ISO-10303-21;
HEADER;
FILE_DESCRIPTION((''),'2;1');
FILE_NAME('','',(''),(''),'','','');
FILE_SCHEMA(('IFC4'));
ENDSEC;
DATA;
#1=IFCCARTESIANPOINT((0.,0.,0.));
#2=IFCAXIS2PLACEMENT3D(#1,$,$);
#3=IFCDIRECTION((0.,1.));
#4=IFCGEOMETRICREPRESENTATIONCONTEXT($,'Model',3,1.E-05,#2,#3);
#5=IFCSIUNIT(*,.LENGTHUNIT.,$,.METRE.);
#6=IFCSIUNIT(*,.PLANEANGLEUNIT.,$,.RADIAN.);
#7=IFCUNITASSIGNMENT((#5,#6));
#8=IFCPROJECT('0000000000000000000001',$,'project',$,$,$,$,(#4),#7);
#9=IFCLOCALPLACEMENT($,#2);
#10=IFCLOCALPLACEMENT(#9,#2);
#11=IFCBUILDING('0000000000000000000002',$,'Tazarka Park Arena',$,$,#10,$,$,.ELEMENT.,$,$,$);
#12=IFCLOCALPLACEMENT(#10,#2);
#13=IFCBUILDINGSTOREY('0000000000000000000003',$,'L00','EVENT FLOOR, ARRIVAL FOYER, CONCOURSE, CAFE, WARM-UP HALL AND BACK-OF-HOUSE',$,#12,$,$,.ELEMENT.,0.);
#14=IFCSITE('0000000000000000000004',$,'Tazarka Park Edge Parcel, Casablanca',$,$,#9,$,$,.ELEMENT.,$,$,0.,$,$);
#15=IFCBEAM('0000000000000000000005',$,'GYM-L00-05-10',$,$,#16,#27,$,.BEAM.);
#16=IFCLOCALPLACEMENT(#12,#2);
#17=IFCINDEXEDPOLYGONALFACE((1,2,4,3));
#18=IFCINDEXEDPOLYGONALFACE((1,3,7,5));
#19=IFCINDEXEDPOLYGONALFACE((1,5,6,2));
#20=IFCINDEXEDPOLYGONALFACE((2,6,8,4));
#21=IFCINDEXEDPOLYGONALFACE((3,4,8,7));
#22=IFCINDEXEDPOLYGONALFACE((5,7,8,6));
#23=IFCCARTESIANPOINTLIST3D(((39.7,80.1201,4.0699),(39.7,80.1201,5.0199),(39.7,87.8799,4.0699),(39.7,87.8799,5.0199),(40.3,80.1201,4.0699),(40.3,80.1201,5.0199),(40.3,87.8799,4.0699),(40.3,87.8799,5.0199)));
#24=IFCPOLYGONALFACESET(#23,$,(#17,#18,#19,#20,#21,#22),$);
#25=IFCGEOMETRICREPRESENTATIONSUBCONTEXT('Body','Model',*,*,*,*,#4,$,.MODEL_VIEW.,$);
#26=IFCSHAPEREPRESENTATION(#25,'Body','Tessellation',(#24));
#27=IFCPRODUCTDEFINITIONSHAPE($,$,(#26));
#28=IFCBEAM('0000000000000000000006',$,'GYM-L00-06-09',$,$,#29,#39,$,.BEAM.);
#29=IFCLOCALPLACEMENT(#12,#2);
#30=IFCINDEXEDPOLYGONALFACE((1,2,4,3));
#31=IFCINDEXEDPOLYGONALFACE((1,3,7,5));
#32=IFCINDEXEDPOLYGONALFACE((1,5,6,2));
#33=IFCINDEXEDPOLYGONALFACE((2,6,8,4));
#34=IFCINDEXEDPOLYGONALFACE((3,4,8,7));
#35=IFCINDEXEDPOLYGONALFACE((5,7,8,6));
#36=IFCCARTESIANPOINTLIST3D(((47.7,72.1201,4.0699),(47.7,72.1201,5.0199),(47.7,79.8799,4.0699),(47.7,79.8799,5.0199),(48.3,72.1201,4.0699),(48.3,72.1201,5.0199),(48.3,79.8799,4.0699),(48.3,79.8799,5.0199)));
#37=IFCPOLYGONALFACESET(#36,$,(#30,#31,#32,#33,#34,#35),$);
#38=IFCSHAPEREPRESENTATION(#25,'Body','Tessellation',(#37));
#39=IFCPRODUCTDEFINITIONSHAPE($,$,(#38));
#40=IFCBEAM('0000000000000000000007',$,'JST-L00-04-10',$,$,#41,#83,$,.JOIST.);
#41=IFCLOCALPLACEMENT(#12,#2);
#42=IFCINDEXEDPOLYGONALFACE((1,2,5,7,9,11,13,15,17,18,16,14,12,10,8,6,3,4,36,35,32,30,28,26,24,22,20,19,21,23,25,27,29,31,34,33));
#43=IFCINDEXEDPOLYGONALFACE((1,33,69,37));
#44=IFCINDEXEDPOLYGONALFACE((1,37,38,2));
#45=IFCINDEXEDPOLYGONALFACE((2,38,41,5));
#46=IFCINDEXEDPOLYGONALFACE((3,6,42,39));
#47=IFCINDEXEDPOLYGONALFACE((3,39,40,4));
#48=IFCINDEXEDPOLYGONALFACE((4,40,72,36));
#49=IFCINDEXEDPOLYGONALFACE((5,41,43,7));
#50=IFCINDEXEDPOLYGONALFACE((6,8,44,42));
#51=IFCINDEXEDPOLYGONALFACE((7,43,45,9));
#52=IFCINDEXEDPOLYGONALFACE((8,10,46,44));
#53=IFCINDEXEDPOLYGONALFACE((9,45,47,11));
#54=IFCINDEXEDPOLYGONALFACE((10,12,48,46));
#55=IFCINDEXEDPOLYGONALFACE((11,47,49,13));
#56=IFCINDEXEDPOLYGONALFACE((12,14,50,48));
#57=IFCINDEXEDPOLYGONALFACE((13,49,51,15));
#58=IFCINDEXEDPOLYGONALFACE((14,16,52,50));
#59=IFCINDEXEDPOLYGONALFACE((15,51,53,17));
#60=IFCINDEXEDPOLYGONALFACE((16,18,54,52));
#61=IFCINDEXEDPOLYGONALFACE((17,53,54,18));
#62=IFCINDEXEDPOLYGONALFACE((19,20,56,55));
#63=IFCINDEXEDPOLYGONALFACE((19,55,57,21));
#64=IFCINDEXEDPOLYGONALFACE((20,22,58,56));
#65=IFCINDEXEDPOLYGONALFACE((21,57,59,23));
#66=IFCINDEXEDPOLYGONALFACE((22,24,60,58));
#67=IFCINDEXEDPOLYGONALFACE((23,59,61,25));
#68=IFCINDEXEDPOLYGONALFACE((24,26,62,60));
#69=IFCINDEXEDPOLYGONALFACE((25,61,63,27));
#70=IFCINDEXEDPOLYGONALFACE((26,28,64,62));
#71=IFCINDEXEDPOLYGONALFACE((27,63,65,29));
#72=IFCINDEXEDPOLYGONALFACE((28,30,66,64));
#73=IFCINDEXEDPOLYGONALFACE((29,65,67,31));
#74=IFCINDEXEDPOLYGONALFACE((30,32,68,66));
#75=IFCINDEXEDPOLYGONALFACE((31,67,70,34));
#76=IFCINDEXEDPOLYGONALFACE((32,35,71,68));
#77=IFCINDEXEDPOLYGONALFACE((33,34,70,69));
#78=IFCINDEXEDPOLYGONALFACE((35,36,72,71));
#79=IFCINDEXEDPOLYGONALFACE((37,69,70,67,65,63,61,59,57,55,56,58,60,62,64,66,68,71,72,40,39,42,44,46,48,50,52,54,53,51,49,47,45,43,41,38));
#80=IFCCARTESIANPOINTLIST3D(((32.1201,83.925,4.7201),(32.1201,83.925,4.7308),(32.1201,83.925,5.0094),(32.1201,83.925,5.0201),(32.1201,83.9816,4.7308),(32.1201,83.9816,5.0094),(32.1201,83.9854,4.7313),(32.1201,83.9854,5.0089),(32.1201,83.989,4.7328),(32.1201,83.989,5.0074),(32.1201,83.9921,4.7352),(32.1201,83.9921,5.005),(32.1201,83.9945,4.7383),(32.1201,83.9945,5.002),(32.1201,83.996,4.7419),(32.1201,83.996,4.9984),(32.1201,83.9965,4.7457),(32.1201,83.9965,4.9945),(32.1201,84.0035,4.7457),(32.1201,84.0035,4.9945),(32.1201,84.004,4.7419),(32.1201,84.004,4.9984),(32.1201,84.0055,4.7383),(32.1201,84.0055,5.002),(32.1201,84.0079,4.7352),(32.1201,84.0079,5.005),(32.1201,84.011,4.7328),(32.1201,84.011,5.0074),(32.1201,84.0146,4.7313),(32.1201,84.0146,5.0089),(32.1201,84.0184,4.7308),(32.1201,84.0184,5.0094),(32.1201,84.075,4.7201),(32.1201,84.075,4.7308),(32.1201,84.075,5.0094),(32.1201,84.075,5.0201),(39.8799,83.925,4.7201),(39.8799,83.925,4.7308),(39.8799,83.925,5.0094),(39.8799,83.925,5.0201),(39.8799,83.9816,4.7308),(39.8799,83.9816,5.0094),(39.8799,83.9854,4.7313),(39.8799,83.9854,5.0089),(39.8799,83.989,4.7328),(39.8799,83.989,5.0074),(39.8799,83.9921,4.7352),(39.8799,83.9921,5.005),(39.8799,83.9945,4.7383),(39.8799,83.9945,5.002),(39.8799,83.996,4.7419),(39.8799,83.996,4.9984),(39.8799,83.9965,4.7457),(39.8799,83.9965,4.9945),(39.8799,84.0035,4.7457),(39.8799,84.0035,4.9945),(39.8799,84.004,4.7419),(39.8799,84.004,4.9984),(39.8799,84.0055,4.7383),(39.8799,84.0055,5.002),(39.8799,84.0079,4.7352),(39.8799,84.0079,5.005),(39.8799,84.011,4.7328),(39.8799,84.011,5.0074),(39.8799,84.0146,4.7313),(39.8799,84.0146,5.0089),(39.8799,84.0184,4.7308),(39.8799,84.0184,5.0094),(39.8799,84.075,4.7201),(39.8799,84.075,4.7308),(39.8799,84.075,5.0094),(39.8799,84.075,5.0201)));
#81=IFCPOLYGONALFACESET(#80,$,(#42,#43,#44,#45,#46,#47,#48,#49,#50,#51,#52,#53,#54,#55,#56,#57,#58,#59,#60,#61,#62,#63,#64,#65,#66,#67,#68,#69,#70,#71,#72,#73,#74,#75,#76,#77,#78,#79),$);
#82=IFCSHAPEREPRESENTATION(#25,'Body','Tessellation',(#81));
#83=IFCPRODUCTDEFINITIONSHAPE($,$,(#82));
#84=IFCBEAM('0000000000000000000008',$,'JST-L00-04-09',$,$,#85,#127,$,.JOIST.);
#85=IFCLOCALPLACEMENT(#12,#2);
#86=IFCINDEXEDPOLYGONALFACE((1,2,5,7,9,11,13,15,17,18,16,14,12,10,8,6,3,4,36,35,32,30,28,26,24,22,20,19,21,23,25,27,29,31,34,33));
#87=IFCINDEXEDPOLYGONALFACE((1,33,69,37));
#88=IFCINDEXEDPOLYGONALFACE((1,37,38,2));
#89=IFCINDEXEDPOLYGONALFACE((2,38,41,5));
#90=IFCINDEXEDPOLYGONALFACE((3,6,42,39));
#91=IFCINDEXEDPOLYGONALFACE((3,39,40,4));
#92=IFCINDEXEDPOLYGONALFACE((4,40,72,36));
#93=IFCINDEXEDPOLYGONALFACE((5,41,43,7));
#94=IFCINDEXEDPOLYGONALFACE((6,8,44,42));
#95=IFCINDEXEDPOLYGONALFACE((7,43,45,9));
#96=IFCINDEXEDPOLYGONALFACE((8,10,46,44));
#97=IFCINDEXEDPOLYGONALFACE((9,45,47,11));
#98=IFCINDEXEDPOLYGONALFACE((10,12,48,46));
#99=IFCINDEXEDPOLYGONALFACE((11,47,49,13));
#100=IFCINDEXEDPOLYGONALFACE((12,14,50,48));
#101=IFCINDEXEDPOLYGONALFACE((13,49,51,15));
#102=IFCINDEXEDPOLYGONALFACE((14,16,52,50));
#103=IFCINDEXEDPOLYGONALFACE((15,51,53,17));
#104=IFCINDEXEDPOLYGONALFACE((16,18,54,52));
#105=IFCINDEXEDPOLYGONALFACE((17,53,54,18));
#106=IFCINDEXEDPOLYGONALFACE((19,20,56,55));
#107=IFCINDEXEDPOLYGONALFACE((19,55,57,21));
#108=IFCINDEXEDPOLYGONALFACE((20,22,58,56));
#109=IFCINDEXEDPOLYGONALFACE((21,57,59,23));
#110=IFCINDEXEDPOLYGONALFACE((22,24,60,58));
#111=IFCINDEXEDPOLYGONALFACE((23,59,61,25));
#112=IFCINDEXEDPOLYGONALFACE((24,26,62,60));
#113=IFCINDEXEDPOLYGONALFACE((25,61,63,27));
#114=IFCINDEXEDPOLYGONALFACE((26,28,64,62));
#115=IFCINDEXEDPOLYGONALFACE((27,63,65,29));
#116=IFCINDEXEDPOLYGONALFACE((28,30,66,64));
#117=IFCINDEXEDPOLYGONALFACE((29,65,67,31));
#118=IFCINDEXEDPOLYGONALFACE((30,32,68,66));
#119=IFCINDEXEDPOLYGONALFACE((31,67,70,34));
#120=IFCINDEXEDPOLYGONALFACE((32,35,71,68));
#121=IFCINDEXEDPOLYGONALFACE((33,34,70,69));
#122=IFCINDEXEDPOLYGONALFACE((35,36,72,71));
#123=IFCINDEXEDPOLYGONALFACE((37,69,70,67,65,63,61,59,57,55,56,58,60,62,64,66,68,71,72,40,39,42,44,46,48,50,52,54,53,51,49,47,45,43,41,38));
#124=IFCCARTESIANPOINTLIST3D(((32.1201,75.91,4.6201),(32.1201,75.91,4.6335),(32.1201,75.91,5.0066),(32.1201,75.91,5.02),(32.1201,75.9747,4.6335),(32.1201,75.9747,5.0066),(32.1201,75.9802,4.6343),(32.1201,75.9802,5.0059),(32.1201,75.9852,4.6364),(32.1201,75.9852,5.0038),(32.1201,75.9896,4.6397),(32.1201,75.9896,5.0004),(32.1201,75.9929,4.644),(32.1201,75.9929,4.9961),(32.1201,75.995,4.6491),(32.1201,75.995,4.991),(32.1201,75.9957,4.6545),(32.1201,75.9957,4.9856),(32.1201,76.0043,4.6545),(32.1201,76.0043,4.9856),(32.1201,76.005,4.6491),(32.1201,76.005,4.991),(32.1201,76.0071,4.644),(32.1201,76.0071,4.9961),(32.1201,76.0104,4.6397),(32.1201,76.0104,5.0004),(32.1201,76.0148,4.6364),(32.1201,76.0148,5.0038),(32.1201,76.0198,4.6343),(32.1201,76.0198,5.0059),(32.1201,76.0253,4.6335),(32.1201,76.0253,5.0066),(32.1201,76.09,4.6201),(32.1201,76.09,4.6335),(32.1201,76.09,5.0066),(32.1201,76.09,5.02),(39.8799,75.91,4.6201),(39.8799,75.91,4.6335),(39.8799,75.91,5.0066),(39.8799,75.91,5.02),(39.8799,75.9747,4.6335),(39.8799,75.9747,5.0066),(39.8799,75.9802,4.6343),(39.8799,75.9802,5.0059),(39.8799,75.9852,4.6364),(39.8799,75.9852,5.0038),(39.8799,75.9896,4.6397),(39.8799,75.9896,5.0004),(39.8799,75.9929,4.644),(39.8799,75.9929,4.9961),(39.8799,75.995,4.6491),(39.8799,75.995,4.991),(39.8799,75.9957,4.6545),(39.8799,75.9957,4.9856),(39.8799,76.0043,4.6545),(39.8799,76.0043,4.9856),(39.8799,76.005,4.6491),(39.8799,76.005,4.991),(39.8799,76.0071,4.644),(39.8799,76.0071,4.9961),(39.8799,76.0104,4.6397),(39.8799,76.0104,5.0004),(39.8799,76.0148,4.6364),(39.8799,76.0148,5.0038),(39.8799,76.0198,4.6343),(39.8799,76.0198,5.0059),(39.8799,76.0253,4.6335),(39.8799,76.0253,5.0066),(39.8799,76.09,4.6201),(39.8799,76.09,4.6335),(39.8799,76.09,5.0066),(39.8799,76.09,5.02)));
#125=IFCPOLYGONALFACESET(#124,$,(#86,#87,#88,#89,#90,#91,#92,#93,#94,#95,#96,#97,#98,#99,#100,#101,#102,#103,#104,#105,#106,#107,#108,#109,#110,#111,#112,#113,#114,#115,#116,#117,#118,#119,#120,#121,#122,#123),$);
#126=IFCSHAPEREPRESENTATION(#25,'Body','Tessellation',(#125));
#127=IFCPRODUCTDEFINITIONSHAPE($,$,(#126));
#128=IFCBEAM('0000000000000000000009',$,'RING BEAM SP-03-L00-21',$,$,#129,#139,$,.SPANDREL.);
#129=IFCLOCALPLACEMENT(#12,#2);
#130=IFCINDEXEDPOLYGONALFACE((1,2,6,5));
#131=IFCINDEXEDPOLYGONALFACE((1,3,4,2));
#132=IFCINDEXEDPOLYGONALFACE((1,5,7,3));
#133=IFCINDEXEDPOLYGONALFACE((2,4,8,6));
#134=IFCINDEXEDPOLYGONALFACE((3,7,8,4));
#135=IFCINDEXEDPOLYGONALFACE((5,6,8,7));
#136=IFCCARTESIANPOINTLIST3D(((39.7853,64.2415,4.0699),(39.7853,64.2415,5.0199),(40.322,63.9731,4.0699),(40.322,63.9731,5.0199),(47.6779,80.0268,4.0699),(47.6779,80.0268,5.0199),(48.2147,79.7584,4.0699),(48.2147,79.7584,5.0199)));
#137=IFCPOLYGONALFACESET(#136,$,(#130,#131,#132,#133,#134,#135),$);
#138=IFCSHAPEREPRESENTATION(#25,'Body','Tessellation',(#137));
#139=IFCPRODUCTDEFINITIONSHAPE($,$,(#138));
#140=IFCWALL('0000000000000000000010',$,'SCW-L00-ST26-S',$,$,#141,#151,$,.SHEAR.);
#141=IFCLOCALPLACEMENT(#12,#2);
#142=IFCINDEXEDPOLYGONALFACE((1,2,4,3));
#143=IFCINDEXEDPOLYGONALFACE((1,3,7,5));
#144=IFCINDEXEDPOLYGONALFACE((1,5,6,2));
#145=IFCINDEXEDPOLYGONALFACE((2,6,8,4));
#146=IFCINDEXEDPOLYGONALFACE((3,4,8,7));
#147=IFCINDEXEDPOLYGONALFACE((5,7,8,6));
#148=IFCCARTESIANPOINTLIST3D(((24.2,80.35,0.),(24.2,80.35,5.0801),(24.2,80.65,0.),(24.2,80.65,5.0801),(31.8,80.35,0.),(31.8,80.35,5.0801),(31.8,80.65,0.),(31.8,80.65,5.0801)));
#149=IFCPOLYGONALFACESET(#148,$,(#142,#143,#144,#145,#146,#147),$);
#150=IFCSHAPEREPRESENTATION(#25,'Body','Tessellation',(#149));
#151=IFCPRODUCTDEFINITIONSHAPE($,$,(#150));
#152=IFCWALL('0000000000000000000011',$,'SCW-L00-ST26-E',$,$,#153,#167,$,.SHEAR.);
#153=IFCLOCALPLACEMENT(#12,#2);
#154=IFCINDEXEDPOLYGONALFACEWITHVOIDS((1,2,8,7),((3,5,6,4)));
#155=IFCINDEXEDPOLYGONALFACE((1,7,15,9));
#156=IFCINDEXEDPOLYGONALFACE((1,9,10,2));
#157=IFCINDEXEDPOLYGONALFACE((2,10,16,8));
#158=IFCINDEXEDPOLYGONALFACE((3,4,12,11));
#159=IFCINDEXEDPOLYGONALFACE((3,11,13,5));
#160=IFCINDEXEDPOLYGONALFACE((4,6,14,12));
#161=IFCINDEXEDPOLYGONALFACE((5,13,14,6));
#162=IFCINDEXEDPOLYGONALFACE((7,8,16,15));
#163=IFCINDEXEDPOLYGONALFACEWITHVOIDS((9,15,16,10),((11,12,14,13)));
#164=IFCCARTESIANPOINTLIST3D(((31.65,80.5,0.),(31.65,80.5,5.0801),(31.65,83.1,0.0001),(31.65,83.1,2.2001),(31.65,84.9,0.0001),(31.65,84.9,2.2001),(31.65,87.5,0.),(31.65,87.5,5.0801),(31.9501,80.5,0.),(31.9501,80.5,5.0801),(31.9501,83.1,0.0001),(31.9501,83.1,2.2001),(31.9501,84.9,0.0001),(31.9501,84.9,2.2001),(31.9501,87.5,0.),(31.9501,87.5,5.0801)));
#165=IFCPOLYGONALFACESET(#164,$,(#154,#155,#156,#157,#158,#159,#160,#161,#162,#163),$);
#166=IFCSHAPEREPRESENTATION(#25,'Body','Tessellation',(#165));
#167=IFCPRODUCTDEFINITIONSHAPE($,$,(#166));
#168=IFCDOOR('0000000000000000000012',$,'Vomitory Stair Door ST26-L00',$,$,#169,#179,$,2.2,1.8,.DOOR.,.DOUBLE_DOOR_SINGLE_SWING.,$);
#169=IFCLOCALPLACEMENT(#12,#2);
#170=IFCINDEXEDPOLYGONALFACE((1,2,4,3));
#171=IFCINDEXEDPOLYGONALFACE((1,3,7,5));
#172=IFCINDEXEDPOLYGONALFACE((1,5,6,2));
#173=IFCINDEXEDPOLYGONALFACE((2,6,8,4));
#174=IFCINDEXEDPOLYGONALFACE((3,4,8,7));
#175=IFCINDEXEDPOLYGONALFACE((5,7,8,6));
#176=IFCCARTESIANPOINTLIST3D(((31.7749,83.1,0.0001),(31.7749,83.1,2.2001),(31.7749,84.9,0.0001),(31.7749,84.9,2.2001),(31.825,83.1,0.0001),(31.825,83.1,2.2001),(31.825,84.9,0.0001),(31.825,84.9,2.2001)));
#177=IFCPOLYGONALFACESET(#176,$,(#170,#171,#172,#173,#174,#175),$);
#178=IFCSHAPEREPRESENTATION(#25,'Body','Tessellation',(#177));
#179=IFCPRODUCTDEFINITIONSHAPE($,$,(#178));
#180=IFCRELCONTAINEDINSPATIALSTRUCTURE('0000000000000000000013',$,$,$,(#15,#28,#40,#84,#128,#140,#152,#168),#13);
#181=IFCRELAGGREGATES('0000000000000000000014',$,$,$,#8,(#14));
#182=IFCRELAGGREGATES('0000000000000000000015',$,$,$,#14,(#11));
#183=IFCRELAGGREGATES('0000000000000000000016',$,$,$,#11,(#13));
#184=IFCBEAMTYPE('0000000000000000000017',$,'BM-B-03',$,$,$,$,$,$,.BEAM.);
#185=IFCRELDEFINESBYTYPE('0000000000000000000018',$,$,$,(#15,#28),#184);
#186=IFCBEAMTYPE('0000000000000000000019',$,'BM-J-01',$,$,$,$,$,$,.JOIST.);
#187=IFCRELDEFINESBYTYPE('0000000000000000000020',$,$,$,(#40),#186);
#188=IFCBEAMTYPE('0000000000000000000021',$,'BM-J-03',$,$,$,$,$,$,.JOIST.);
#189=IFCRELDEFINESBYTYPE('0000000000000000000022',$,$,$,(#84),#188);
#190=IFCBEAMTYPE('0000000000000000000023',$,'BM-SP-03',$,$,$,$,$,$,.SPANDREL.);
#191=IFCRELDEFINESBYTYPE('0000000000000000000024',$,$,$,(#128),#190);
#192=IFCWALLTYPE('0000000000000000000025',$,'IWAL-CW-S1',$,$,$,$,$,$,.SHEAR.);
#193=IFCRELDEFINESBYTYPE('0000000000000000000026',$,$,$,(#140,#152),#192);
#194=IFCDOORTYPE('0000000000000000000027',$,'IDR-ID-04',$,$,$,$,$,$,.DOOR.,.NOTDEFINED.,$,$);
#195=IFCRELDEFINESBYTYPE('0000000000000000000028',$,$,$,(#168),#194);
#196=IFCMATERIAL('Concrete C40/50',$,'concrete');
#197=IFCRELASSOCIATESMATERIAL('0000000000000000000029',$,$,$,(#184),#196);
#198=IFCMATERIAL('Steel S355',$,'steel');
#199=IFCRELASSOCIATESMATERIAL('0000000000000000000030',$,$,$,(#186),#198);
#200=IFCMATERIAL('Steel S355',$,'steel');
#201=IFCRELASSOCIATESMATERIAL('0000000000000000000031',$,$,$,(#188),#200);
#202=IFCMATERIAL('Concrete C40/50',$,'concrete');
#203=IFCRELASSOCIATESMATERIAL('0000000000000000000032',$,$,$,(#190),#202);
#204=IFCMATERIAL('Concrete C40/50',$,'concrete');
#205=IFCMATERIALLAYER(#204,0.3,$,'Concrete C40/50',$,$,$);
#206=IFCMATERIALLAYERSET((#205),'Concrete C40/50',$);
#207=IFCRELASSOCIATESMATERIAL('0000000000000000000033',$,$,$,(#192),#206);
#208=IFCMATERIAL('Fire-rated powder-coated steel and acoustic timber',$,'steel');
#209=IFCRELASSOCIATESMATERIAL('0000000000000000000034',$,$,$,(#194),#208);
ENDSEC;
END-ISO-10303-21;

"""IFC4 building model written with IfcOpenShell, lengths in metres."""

from ifc_helpers import new_model, si_unit, direction, frame, frame_2d, origin, origin_2d, place, context, subcontext, project, spatial, rectangle, i_section, extrude, material, layer, layer_set, material_profile, profile_set, type_object, element, fill, save


model = new_model("IFC4")

# Units and contexts
model_context = context("Model", 3, precision=1e-05, world=origin(), true_north=direction((0.0, 1.0)))
body_context = subcontext(model_context, "Body", "Model", "MODEL_VIEW")
ifc_project = project(units=[si_unit("LENGTHUNIT", "METRE"), si_unit("PLANEANGLEUNIT", "RADIAN")], contexts=[model_context])

# Site, building, storey
site_placement = place(None, origin())
site = spatial("IfcSite", under=ifc_project, at=site_placement, Name="Tazarka Park Edge Parcel, Casablanca", CompositionType="ELEMENT", RefElevation=0.0)
building_placement = place(site_placement, origin())
building = spatial("IfcBuilding", under=site, at=building_placement, Name="Tazarka Park Arena", CompositionType="ELEMENT")
storey_placement = place(building_placement, origin())
storey = spatial("IfcBuildingStorey", under=building, at=storey_placement, Name="L00", Description="EVENT FLOOR, ARRIVAL FOYER, CONCOURSE, CAFE, WARM-UP HALL AND BACK-OF-HOUSE", CompositionType="ELEMENT", Elevation=0.0)

# Beams
ifc_material_1 = material(Name="Concrete C40/50", Category="concrete")
ifc_material_profile_1 = material_profile(ifc_material_1, rectangle(XDim=0.6001, YDim=0.95, at=origin_2d()), Name="Concrete C40/50")
ifc_profile_set_1 = profile_set([ifc_material_profile_1], Name="Concrete C40/50")
beam_type_1 = type_object("IfcBeamType", Name="BM-B-03", PredefinedType="BEAM", material=ifc_profile_set_1)
for number, where, z_axis, x_axis, name in (
    (1, (40.0, 80.1201, 4.5449), (0.0, 1.0, 0.0), (-1.0, 0.0, 0.0), "GYM-L00-05-10"),
    (2, (48.0, 72.1201, 4.5449), (0.0, 1.0, 0.0), (-1.0, 0.0, 0.0), "GYM-L00-06-09"),
):
    element("IfcBeam", number, at=place(storey_placement, frame(where, z_axis=z_axis, x_axis=x_axis)), inside=storey, type_object=beam_type_1, Name=name, PredefinedType="BEAM", context=body_context, shape_type="SweptSolid", body=[
        extrude(rectangle(XDim=0.6001, YDim=0.95, at=origin_2d()), origin(), (0.0, 0.0, 1.0), 7.7598),
    ])
ifc_material_2 = material(Name="Steel S355", Category="steel")
ifc_material_profile_2 = material_profile(ifc_material_2, i_section(OverallWidth=0.1499, OverallDepth=0.3, WebThickness=0.0071, FlangeThickness=0.0107, FilletRadius=0.0149, at=origin_2d()), Name="Steel S355")
ifc_profile_set_2 = profile_set([ifc_material_profile_2], Name="Steel S355")
beam_type_2 = type_object("IfcBeamType", Name="BM-J-01", PredefinedType="JOIST", material=ifc_profile_set_2)
beam_1_placement = place(storey_placement, frame((32.1201, 84.0, 4.8701), z_axis=(1.0, 0.0, 0.0), x_axis=(0.0, 1.0, 0.0)))
element("IfcBeam", 3, at=beam_1_placement, inside=storey, type_object=beam_type_2, Name="JST-L00-04-10", PredefinedType="JOIST", context=body_context, shape_type="SweptSolid", body=[
    extrude(i_section(OverallWidth=0.1499, OverallDepth=0.3, WebThickness=0.0071, FlangeThickness=0.0107, FilletRadius=0.0149, at=origin_2d()), origin(), (0.0, 0.0, 1.0), 7.7598),
])
ifc_material_3 = material(Name="Steel S355", Category="steel")
ifc_material_profile_3 = material_profile(ifc_material_3, i_section(OverallWidth=0.1799, OverallDepth=0.3999, WebThickness=0.0085, FlangeThickness=0.0134, FilletRadius=0.021, at=origin_2d()), Name="Steel S355")
ifc_profile_set_3 = profile_set([ifc_material_profile_3], Name="Steel S355")
beam_type_3 = type_object("IfcBeamType", Name="BM-J-03", PredefinedType="JOIST", material=ifc_profile_set_3)
beam_2_placement = place(storey_placement, frame((32.1201, 76.0, 4.8201), z_axis=(1.0, 0.0, 0.0), x_axis=(0.0, 1.0, 0.0)))
element("IfcBeam", 4, at=beam_2_placement, inside=storey, type_object=beam_type_3, Name="JST-L00-04-09", PredefinedType="JOIST", context=body_context, shape_type="SweptSolid", body=[
    extrude(i_section(OverallWidth=0.1799, OverallDepth=0.3999, WebThickness=0.0085, FlangeThickness=0.0134, FilletRadius=0.021, at=origin_2d()), origin(), (0.0, 0.0, 1.0), 7.7598),
])
ifc_material_4 = material(Name="Concrete C40/50", Category="concrete")
ifc_material_profile_4 = material_profile(ifc_material_4, rectangle(XDim=0.6001, YDim=0.95, at=origin_2d()), Name="Concrete C40/50")
ifc_profile_set_4 = profile_set([ifc_material_profile_4], Name="Concrete C40/50")
beam_type_4 = type_object("IfcBeamType", Name="BM-SP-03", PredefinedType="SPANDREL", material=ifc_profile_set_4)
beam_3_placement = place(storey_placement, frame((47.9463, 79.8926, 4.5449), z_axis=(-0.447214, -0.894427, 0.0), x_axis=(0.894427, -0.447214, 0.0)))
element("IfcBeam", 5, at=beam_3_placement, inside=storey, type_object=beam_type_4, Name="RING BEAM SP-03-L00-21", PredefinedType="SPANDREL", context=body_context, shape_type="SweptSolid", body=[
    extrude(rectangle(XDim=0.6001, YDim=0.95, at=origin_2d()), origin(), (0.0, 0.0, 1.0), 17.6484),
])

# Wall
ifc_material_5 = material(Name="Concrete C40/50", Category="concrete")
ifc_layer = layer(ifc_material_5, 0.3, Name="Concrete C40/50")
ifc_layer_set = layer_set([ifc_layer], Name="Concrete C40/50")
wall_type = type_object("IfcWallType", Name="IWAL-CW-S1", PredefinedType="SHEAR", material=ifc_layer_set)
wall_1_placement = place(storey_placement, frame((31.8, 80.5, 0.0), z_axis=(0.0, 0.0, 1.0), x_axis=(-1.0, 0.0, 0.0)))
element("IfcWall", 6, at=wall_1_placement, inside=storey, type_object=wall_type, Name="SCW-L00-ST26-S", PredefinedType="SHEAR", context=body_context, shape_type="SweptSolid", body=[
    extrude(rectangle(XDim=7.6001, YDim=0.3, at=frame_2d((3.8, 0.0))), origin(), (0.0, 0.0, 1.0), 5.0801),
])

# Wall, opening, door
wall_2_placement = place(storey_placement, frame((31.8, 87.5, 0.0), z_axis=(0.0, 0.0, 1.0), x_axis=(0.0, -1.0, 0.0)))
wall_2 = element("IfcWall", 7, at=wall_2_placement, inside=storey, type_object=wall_type, Name="SCW-L00-ST26-E", PredefinedType="SHEAR", context=body_context, shape_type="SweptSolid", body=[
    extrude(rectangle(XDim=7.0, YDim=0.3, at=frame_2d((3.5, 0.0))), origin(), (0.0, 0.0, 1.0), 5.0801),
])
opening_placement = place(wall_2_placement, frame((2.6001, 0.0, 0.0)))
opening = element("IfcOpeningElement", 8, at=opening_placement, cuts=wall_2, PredefinedType="OPENING", context=body_context, shape_type="SweptSolid", body=[
    extrude(rectangle(XDim=1.8, YDim=2.2, at=frame_2d((0.8999, 1.1001))), frame((0.0, 0.1602, 0.0), z_axis=(0.0, -1.0, 0.0), x_axis=(1.0, 0.0, 0.0)), (0.0, 0.0, 1.0), 0.3201),
])
ifc_material_6 = material(Name="Fire-rated powder-coated steel and acoustic timber", Category="steel")
door_type = type_object("IfcDoorType", Name="IDR-ID-04", OperationType="NOTDEFINED", PredefinedType="DOOR", material=ifc_material_6)
door_placement = place(opening_placement, origin())
door = element("IfcDoor", 9, at=door_placement, inside=storey, type_object=door_type, Name="Vomitory Stair Door ST26-L00", OperationType="DOUBLE_DOOR_SINGLE_SWING", OverallHeight=2.2, OverallWidth=1.8, PredefinedType="DOOR", context=body_context, shape_type="SweptSolid", body=[
    extrude(rectangle(XDim=1.8, YDim=2.2, at=frame_2d((0.8999, 1.1001))), frame((0.0, 0.0249, 0.0), z_axis=(0.0, -1.0, 0.0), x_axis=(1.0, 0.0, 0.0)), (0.0, 0.0, 1.0), 0.05),
])
fill(opening, door)

save(model, "model.ifc")
